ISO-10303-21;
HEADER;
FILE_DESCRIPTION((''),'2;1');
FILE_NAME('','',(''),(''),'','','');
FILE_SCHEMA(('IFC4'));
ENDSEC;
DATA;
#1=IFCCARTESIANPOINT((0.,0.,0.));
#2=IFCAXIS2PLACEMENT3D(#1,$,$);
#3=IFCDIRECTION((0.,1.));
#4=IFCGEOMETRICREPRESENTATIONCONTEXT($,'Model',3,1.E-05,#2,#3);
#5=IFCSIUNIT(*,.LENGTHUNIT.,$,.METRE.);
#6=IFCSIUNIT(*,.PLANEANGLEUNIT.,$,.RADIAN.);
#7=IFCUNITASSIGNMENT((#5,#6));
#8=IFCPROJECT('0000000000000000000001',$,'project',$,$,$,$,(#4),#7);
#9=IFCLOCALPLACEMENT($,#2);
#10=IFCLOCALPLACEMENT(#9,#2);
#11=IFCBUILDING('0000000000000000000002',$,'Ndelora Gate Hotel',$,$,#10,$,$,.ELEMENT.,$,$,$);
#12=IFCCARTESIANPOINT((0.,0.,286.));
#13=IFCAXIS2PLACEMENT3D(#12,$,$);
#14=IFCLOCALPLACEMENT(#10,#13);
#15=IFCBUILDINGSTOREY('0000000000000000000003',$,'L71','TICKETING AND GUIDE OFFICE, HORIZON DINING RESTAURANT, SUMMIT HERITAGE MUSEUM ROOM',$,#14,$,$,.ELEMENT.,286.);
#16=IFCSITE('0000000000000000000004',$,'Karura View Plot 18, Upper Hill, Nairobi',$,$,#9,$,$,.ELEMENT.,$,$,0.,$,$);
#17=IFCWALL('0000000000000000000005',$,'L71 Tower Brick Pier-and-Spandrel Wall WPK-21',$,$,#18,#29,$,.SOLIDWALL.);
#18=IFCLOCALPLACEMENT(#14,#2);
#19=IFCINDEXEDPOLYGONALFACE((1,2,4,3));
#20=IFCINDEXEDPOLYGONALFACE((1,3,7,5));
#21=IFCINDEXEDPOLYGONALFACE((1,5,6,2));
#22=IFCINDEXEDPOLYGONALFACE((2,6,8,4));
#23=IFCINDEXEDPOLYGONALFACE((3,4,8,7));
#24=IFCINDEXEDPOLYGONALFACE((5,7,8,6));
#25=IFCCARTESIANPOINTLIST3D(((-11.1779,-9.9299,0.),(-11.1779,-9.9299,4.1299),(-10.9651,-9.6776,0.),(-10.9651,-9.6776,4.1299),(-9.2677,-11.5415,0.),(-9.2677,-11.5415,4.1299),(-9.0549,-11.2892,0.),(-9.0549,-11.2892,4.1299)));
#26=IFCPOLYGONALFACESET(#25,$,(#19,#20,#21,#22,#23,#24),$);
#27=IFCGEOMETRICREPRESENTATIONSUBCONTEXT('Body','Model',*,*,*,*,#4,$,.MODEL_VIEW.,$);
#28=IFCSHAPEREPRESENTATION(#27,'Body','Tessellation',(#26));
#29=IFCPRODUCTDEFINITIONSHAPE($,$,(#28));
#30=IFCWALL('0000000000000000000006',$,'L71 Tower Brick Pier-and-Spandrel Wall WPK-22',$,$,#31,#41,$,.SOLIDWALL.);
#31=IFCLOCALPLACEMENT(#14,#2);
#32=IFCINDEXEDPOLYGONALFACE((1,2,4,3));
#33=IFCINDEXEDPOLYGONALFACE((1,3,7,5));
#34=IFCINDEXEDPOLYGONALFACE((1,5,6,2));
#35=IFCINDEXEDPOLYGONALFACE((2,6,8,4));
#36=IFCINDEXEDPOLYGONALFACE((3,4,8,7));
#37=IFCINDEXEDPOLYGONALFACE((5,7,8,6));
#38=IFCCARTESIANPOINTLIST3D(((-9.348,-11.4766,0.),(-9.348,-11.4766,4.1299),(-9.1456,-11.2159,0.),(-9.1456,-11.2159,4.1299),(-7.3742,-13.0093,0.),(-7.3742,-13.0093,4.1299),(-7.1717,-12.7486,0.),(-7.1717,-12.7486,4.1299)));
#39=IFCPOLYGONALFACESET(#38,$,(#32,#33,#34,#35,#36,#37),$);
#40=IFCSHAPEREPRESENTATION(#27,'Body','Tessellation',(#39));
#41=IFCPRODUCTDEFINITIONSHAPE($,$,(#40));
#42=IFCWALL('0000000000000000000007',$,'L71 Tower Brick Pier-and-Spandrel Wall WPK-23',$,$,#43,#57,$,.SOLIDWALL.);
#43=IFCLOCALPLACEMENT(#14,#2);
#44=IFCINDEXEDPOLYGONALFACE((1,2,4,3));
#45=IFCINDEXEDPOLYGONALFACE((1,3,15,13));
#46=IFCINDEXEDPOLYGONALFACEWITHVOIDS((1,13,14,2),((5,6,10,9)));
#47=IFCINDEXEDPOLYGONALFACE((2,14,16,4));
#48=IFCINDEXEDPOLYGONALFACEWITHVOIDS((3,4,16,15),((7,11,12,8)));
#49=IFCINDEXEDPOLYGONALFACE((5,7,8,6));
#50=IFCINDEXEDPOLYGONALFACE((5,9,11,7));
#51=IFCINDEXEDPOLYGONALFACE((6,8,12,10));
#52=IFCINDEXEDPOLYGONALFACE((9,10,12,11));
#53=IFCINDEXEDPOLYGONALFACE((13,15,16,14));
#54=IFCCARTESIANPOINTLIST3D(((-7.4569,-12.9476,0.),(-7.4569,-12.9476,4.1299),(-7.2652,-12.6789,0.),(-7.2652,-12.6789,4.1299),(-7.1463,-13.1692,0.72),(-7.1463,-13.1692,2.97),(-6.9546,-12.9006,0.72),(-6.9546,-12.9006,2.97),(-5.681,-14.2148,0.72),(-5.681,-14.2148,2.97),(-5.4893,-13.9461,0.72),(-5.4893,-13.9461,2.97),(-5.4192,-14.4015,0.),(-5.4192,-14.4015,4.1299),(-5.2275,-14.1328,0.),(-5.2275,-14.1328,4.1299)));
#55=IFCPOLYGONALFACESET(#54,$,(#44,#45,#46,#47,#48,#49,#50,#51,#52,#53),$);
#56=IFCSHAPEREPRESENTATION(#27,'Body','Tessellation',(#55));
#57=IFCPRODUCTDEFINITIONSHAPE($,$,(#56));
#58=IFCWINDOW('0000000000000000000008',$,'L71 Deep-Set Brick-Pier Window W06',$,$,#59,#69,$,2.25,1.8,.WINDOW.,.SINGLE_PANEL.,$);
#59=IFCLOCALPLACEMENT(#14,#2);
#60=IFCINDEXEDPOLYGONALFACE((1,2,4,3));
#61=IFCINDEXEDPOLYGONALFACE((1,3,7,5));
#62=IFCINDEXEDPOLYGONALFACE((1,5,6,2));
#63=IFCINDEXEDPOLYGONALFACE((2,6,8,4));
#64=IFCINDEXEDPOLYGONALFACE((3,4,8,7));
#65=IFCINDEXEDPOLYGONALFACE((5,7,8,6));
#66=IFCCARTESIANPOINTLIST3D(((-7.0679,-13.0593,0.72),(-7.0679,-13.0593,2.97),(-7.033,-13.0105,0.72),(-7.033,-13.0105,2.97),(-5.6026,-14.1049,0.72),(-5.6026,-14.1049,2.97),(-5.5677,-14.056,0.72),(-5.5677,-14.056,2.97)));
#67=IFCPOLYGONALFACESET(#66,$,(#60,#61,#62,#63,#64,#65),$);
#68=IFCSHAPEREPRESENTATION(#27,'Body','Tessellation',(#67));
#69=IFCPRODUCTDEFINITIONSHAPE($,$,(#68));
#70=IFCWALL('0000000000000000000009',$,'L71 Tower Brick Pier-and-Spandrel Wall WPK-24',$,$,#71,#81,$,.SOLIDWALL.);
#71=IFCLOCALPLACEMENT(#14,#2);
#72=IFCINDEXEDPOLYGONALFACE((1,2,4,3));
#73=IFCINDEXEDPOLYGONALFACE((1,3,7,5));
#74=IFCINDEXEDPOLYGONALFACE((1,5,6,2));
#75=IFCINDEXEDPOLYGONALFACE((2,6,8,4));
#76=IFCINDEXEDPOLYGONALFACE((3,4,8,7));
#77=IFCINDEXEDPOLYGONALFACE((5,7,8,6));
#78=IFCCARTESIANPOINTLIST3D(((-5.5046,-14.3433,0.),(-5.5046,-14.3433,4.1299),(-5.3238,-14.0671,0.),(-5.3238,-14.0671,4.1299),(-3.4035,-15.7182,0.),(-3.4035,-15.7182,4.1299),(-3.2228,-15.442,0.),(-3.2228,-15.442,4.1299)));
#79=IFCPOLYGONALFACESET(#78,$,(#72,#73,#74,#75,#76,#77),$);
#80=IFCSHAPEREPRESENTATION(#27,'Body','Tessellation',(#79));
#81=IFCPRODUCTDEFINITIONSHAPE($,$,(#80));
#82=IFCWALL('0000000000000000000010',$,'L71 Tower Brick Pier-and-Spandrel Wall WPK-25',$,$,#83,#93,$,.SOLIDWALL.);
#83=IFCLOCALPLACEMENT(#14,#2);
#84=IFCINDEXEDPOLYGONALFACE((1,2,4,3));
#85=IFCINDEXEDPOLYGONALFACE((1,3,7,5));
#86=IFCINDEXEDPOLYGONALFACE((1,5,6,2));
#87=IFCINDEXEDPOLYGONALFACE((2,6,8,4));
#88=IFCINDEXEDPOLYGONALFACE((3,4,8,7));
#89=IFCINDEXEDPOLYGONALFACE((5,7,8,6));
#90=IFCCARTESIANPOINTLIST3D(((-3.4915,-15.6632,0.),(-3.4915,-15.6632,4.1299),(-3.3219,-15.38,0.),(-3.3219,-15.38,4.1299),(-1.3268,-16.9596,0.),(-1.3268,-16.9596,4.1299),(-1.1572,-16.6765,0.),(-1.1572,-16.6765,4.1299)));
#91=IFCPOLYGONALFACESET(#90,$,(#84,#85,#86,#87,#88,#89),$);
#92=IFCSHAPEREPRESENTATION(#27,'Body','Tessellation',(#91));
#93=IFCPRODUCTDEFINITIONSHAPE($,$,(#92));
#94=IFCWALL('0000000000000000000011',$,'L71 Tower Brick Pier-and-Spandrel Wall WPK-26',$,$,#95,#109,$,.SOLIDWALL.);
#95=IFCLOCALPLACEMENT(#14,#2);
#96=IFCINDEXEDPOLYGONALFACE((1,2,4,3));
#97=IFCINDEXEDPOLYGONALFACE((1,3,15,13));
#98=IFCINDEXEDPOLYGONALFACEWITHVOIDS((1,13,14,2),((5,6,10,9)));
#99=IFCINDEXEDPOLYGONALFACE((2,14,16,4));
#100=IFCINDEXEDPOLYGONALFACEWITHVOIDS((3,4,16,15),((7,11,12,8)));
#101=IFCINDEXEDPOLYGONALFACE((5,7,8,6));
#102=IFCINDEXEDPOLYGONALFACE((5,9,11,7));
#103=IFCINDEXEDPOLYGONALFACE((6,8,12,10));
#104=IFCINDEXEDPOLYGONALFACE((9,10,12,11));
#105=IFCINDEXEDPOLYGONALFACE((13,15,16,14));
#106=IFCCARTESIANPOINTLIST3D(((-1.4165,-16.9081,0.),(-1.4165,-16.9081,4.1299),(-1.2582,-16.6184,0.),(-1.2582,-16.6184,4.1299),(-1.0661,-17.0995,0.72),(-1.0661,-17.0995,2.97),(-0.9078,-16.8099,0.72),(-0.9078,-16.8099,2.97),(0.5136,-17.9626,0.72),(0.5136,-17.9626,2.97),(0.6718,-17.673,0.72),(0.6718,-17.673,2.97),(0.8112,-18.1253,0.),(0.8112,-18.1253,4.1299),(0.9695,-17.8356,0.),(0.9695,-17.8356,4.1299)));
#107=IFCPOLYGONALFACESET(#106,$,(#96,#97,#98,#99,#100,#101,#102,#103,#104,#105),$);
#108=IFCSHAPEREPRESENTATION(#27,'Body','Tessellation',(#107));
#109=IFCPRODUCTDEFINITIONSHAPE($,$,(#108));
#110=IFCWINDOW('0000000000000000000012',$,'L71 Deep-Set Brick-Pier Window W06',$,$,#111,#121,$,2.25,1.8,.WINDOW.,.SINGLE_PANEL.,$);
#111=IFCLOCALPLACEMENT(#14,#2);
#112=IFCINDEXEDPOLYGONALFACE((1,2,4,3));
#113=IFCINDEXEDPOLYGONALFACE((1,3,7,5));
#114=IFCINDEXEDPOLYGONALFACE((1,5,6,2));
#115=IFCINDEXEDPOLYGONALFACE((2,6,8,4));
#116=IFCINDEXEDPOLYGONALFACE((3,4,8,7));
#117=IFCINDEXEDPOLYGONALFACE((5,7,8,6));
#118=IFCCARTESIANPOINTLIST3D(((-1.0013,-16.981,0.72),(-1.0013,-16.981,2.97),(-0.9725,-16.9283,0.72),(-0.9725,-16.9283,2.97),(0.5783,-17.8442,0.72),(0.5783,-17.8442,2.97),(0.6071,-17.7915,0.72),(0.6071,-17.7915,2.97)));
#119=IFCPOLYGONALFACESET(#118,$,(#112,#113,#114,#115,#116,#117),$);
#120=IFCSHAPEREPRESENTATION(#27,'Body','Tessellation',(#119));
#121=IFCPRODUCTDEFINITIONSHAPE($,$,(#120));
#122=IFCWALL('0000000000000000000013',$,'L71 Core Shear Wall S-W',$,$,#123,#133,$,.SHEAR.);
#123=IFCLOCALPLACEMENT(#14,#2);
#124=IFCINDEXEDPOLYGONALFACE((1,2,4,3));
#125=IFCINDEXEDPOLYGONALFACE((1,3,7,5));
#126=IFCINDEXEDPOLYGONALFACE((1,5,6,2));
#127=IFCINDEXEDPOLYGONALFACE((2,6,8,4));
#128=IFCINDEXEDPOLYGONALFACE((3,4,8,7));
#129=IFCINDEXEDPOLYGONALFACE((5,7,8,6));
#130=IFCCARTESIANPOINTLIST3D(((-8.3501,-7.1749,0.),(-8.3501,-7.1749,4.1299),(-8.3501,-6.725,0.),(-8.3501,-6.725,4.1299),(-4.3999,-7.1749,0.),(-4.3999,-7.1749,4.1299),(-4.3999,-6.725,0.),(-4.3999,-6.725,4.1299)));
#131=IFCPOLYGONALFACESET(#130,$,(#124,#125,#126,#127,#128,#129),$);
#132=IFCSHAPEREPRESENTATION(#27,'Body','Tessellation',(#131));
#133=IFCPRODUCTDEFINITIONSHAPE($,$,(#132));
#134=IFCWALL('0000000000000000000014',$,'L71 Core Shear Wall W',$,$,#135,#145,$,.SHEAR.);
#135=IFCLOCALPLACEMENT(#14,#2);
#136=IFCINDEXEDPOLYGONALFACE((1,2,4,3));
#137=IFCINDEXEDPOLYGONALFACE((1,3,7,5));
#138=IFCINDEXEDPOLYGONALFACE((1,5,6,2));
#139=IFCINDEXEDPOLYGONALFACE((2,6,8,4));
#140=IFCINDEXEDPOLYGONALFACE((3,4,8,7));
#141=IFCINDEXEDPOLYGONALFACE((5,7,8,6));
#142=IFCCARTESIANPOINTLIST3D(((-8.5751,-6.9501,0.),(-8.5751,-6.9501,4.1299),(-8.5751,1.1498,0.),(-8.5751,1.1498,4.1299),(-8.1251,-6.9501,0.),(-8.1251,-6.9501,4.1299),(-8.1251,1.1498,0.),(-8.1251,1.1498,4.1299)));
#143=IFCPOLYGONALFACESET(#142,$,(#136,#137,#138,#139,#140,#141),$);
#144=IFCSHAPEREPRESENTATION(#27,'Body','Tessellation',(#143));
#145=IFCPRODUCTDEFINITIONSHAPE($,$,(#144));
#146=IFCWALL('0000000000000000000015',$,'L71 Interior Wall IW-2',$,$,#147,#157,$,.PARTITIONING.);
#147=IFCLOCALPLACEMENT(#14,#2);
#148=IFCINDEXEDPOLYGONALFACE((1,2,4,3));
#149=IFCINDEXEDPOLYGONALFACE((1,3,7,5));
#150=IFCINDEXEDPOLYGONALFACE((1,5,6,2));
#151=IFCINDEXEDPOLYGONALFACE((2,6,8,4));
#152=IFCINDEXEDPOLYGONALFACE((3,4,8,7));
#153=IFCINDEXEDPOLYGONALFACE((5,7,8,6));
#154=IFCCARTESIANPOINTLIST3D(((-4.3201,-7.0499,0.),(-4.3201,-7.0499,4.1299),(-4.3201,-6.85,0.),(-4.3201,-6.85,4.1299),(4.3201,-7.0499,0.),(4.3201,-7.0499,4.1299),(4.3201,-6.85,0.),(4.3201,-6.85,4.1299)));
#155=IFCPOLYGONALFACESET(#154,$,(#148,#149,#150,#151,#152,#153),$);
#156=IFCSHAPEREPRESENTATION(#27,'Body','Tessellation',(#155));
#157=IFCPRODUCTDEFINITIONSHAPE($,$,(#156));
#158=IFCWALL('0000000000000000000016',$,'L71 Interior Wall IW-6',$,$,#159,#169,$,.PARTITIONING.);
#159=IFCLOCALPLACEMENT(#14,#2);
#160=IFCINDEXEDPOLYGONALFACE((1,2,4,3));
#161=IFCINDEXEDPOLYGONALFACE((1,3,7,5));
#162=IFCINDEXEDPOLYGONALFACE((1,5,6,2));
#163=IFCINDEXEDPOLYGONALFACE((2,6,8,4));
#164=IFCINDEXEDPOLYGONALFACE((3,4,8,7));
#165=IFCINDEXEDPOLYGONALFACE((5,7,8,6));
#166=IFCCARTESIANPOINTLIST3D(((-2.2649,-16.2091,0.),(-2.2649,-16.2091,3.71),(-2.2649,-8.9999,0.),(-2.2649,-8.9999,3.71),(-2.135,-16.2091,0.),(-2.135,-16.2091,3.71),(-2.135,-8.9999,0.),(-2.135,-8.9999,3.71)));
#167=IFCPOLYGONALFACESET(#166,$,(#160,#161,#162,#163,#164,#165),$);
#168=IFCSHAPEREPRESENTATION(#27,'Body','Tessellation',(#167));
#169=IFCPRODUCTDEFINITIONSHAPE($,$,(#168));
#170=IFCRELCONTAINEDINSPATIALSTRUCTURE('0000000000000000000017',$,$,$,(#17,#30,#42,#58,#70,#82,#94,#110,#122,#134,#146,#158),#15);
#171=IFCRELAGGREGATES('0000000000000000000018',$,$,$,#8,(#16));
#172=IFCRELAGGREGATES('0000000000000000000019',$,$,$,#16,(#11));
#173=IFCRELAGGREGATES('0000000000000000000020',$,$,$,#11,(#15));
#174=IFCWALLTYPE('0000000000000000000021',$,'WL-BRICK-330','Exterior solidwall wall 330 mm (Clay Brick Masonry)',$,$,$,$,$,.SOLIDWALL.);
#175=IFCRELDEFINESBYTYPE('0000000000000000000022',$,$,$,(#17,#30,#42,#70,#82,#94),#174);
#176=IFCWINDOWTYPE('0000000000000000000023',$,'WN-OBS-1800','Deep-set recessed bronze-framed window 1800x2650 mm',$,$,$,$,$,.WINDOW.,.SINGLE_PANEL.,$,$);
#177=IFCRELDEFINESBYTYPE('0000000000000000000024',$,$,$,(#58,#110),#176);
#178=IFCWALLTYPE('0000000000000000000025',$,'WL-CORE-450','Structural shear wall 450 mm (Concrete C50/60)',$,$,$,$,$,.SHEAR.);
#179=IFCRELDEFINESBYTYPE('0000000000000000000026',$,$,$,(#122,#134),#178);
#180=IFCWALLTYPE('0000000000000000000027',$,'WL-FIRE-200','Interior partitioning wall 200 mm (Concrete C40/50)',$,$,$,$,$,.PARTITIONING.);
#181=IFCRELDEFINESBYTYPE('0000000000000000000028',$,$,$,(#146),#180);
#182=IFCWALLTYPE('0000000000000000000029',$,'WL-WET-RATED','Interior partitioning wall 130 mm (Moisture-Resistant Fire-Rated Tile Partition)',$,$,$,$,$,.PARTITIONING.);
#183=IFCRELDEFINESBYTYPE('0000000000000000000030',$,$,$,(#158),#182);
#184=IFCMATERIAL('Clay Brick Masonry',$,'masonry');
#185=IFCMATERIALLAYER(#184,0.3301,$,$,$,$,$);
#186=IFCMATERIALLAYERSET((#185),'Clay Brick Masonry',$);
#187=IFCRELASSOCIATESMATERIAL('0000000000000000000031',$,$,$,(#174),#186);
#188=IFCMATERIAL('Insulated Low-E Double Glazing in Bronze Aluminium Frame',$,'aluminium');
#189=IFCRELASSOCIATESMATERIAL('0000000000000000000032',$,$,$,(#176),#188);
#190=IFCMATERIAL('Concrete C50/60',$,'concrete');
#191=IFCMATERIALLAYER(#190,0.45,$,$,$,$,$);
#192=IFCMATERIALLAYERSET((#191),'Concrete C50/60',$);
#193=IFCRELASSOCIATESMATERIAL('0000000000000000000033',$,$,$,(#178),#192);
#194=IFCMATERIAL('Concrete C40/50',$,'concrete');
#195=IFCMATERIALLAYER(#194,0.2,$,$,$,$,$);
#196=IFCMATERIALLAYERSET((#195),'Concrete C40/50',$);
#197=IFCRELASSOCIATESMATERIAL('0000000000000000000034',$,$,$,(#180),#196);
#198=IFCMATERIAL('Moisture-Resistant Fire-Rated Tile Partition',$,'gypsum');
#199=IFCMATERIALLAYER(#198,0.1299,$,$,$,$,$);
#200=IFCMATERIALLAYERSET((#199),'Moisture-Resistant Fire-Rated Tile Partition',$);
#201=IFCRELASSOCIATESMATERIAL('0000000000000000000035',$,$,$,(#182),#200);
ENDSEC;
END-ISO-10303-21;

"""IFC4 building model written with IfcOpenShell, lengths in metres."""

from ifc_helpers import new_model, si_unit, direction, frame, frame_2d, origin, place, context, subcontext, project, spatial, rectangle, extrude, material, layer, layer_set, type_object, element, fill, save


model = new_model("IFC4")

# Units and contexts
model_context = context("Model", 3, precision=1e-05, world=origin(), true_north=direction((0.0, 1.0)))
body_context = subcontext(model_context, "Body", "Model", "MODEL_VIEW")
ifc_project = project(units=[si_unit("LENGTHUNIT", "METRE"), si_unit("PLANEANGLEUNIT", "RADIAN")], contexts=[model_context])

# Site, building, storey
site_placement = place(None, origin())
site = spatial("IfcSite", under=ifc_project, at=site_placement, Name="Karura View Plot 18, Upper Hill, Nairobi", CompositionType="ELEMENT", RefElevation=0.0)
building_placement = place(site_placement, origin())
building = spatial("IfcBuilding", under=site, at=building_placement, Name="Ndelora Gate Hotel", CompositionType="ELEMENT")
storey_placement = place(building_placement, frame((0.0, 0.0, 286.0)))
storey = spatial("IfcBuildingStorey", under=building, at=storey_placement, Name="L71", Description="TICKETING AND GUIDE OFFICE, HORIZON DINING RESTAURANT, SUMMIT HERITAGE MUSEUM ROOM", CompositionType="ELEMENT", Elevation=286.0)

# Shared definitions
ifc_material_1 = material(Name="Concrete C50/60", Category="concrete")

# Walls
ifc_material_2 = material(Name="Clay Brick Masonry", Category="masonry")
ifc_layer_1 = layer(ifc_material_2, 0.3301)
ifc_layer_set_1 = layer_set([ifc_layer_1], Name="Clay Brick Masonry")
wall_type_1 = type_object("IfcWallType", Name="WL-BRICK-330", Description="Exterior solidwall wall 330 mm (Clay Brick Masonry)", PredefinedType="SOLIDWALL", material=ifc_layer_set_1)
wall_1_placement = place(storey_placement, frame((-9.1614, -11.4153, 0.0), z_axis=(0.0, 0.0, 1.0), x_axis=(-0.764316, 0.644842, 0.0)))
element("IfcWall", 1, at=wall_1_placement, inside=storey, type_object=wall_type_1, Name="L71 Tower Brick Pier-and-Spandrel Wall WPK-21", PredefinedType="SOLIDWALL", context=body_context, shape_type="SweptSolid", body=[
    extrude(rectangle(XDim=2.4993, YDim=0.3301, at=frame_2d((1.2495, 0.0))), origin(), (0.0, 0.0, 1.0), 4.1299),
])
wall_2_placement = place(storey_placement, frame((-7.2729, -12.8789, 0.0), z_axis=(0.0, 0.0, 1.0), x_axis=(-0.789841, 0.613311, 0.0)))
element("IfcWall", 2, at=wall_2_placement, inside=storey, type_object=wall_type_1, Name="L71 Tower Brick Pier-and-Spandrel Wall WPK-22", PredefinedType="SOLIDWALL", context=body_context, shape_type="SweptSolid", body=[
    extrude(rectangle(XDim=2.499, YDim=0.3301, at=frame_2d((1.2495, 0.0))), origin(), (0.0, 0.0, 1.0), 4.1299),
])

# Wall, opening, window
wall_3_placement = place(storey_placement, frame((-5.3235, -14.2671, 0.0), z_axis=(0.0, 0.0, 1.0), x_axis=(-0.81403, 0.580823, 0.0)))
wall_3 = element("IfcWall", 3, at=wall_3_placement, inside=storey, type_object=wall_type_1, Name="L71 Tower Brick Pier-and-Spandrel Wall WPK-23", PredefinedType="SOLIDWALL", context=body_context, shape_type="SweptSolid", body=[
    extrude(rectangle(XDim=2.5032, YDim=0.3301, at=frame_2d((1.2515, 0.0))), origin(), (0.0, 0.0, 1.0), 4.1299),
])
opening_1_placement = place(wall_3_placement, frame((0.3215, 0.0, 0.72)))
opening_1 = element("IfcOpeningElement", 4, at=opening_1_placement, cuts=wall_3, PredefinedType="OPENING", context=body_context, shape_type="SweptSolid", body=[
    extrude(rectangle(XDim=1.8, YDim=2.25, at=frame_2d((0.8999, 1.125))), frame((0.0, 0.175, 0.0), z_axis=(0.0, -1.0, 0.0), x_axis=(1.0, 0.0, 0.0)), (0.0, 0.0, 1.0), 0.3501),
])
ifc_material_3 = material(Name="Insulated Low-E Double Glazing in Bronze Aluminium Frame", Category="aluminium")
window_type = type_object("IfcWindowType", Name="WN-OBS-1800", Description="Deep-set recessed bronze-framed window 1800x2650 mm", PartitioningType="SINGLE_PANEL", PredefinedType="WINDOW", material=ifc_material_3)
window_1_placement = place(opening_1_placement, origin())
window_1 = element("IfcWindow", 5, at=window_1_placement, inside=storey, type_object=window_type, Name="L71 Deep-Set Brick-Pier Window W06", OverallHeight=2.25, OverallWidth=1.8, PartitioningType="SINGLE_PANEL", PredefinedType="WINDOW", context=body_context, shape_type="SweptSolid", body=[
    extrude(rectangle(XDim=1.8, YDim=2.25, at=frame_2d((0.8999, 1.125))), frame((0.0, 0.03, 0.0), z_axis=(0.0, -1.0, 0.0), x_axis=(1.0, 0.0, 0.0)), (0.0, 0.0, 1.0), 0.0601),
])
fill(opening_1, window_1)

# Walls
wall_4_placement = place(storey_placement, frame((-3.3132, -15.5801, 0.0), z_axis=(0.0, 0.0, 1.0), x_axis=(-0.836747, 0.54759, 0.0)))
element("IfcWall", 6, at=wall_4_placement, inside=storey, type_object=wall_type_1, Name="L71 Tower Brick Pier-and-Spandrel Wall WPK-24", PredefinedType="SOLIDWALL", context=body_context, shape_type="SweptSolid", body=[
    extrude(rectangle(XDim=2.511, YDim=0.3301, at=frame_2d((1.2554, 0.0))), origin(), (0.0, 0.0, 1.0), 4.1299),
])
wall_5_placement = place(storey_placement, frame((-1.2419, -16.8181, 0.0), z_axis=(0.0, 0.0, 1.0), x_axis=(-0.857902, 0.513813, 0.0)))
element("IfcWall", 7, at=wall_5_placement, inside=storey, type_object=wall_type_1, Name="L71 Tower Brick Pier-and-Spandrel Wall WPK-25", PredefinedType="SOLIDWALL", context=body_context, shape_type="SweptSolid", body=[
    extrude(rectangle(XDim=2.5232, YDim=0.3301, at=frame_2d((1.2617, 0.0))), origin(), (0.0, 0.0, 1.0), 4.1299),
])

# Wall, opening, window
wall_6_placement = place(storey_placement, frame((0.8904, -17.9805, 0.0), z_axis=(0.0, 0.0, 1.0), x_axis=(-0.877543, 0.479499, 0.0)))
wall_6 = element("IfcWall", 8, at=wall_6_placement, inside=storey, type_object=wall_type_1, Name="L71 Tower Brick Pier-and-Spandrel Wall WPK-26", PredefinedType="SOLIDWALL", context=body_context, shape_type="SweptSolid", body=[
    extrude(rectangle(XDim=2.5386, YDim=0.3301, at=frame_2d((1.2693, 0.0))), origin(), (0.0, 0.0, 1.0), 4.1299),
])
opening_2_placement = place(wall_6_placement, frame((0.3394, 0.0, 0.72)))
opening_2 = element("IfcOpeningElement", 9, at=opening_2_placement, cuts=wall_6, PredefinedType="OPENING", context=body_context, shape_type="SweptSolid", body=[
    extrude(rectangle(XDim=1.8, YDim=2.25, at=frame_2d((0.8999, 1.125))), frame((0.0, 0.175, 0.0), z_axis=(0.0, -1.0, 0.0), x_axis=(1.0, 0.0, 0.0)), (0.0, 0.0, 1.0), 0.3501),
])
window_2_placement = place(opening_2_placement, origin())
window_2 = element("IfcWindow", 10, at=window_2_placement, inside=storey, type_object=window_type, Name="L71 Deep-Set Brick-Pier Window W06", OverallHeight=2.25, OverallWidth=1.8, PartitioningType="SINGLE_PANEL", PredefinedType="WINDOW", context=body_context, shape_type="SweptSolid", body=[
    extrude(rectangle(XDim=1.8, YDim=2.25, at=frame_2d((0.8999, 1.125))), frame((0.0, 0.03, 0.0), z_axis=(0.0, -1.0, 0.0), x_axis=(1.0, 0.0, 0.0)), (0.0, 0.0, 1.0), 0.0601),
])
fill(opening_2, window_2)

# Walls
ifc_layer_2 = layer(ifc_material_1, 0.45)
ifc_layer_set_2 = layer_set([ifc_layer_2], Name="Concrete C50/60")
wall_type_2 = type_object("IfcWallType", Name="WL-CORE-450", Description="Structural shear wall 450 mm (Concrete C50/60)", PredefinedType="SHEAR", material=ifc_layer_set_2)
wall_7_placement = place(storey_placement, frame((-8.3501, -6.95, 0.0), z_axis=(0.0, 0.0, 1.0), x_axis=(1.0, 0.0, 0.0)))
element("IfcWall", 11, at=wall_7_placement, inside=storey, type_object=wall_type_2, Name="L71 Core Shear Wall S-W", PredefinedType="SHEAR", context=body_context, shape_type="SweptSolid", body=[
    extrude(rectangle(XDim=3.9502, YDim=0.45, at=frame_2d((1.9751, 0.0))), origin(), (0.0, 0.0, 1.0), 4.1299),
])
wall_8_placement = place(storey_placement, frame((-8.3501, -6.95, 0.0), z_axis=(0.0, 0.0, 1.0), x_axis=(0.0, 1.0, 0.0)))
element("IfcWall", 12, at=wall_8_placement, inside=storey, type_object=wall_type_2, Name="L71 Core Shear Wall W", PredefinedType="SHEAR", context=body_context, shape_type="SweptSolid", body=[
    extrude(rectangle(XDim=8.0999, YDim=0.45, at=frame_2d((4.0498, 0.0))), origin(), (0.0, 0.0, 1.0), 4.1299),
])
ifc_material_4 = material(Name="Concrete C40/50", Category="concrete")
ifc_layer_3 = layer(ifc_material_4, 0.2)
ifc_layer_set_3 = layer_set([ifc_layer_3], Name="Concrete C40/50")
wall_type_3 = type_object("IfcWallType", Name="WL-FIRE-200", Description="Interior partitioning wall 200 mm (Concrete C40/50)", PredefinedType="PARTITIONING", material=ifc_layer_set_3)
wall_9_placement = place(storey_placement, frame((-4.3201, -6.95, 0.0), z_axis=(0.0, 0.0, 1.0), x_axis=(1.0, 0.0, 0.0)))
element("IfcWall", 13, at=wall_9_placement, inside=storey, type_object=wall_type_3, Name="L71 Interior Wall IW-2", PredefinedType="PARTITIONING", context=body_context, shape_type="SweptSolid", body=[
    extrude(rectangle(XDim=8.6401, YDim=0.2, at=frame_2d((4.3201, 0.0))), origin(), (0.0, 0.0, 1.0), 4.1299),
])
ifc_material_5 = material(Name="Moisture-Resistant Fire-Rated Tile Partition", Category="gypsum")
ifc_layer_4 = layer(ifc_material_5, 0.1299)
ifc_layer_set_4 = layer_set([ifc_layer_4], Name="Moisture-Resistant Fire-Rated Tile Partition")
wall_type_4 = type_object("IfcWallType", Name="WL-WET-RATED", Description="Interior partitioning wall 130 mm (Moisture-Resistant Fire-Rated Tile Partition)", PredefinedType="PARTITIONING", material=ifc_layer_set_4)
wall_10_placement = place(storey_placement, frame((-2.2, -9.0, 0.0), z_axis=(0.0, 0.0, 1.0), x_axis=(0.0, -1.0, 0.0)))
element("IfcWall", 14, at=wall_10_placement, inside=storey, type_object=wall_type_4, Name="L71 Interior Wall IW-6", PredefinedType="PARTITIONING", context=body_context, shape_type="SweptSolid", body=[
    extrude(rectangle(XDim=7.2092, YDim=0.1299, at=frame_2d((3.6045, 0.0))), origin(), (0.0, 0.0, 1.0), 3.71),
])

save(model, "model.ifc")
